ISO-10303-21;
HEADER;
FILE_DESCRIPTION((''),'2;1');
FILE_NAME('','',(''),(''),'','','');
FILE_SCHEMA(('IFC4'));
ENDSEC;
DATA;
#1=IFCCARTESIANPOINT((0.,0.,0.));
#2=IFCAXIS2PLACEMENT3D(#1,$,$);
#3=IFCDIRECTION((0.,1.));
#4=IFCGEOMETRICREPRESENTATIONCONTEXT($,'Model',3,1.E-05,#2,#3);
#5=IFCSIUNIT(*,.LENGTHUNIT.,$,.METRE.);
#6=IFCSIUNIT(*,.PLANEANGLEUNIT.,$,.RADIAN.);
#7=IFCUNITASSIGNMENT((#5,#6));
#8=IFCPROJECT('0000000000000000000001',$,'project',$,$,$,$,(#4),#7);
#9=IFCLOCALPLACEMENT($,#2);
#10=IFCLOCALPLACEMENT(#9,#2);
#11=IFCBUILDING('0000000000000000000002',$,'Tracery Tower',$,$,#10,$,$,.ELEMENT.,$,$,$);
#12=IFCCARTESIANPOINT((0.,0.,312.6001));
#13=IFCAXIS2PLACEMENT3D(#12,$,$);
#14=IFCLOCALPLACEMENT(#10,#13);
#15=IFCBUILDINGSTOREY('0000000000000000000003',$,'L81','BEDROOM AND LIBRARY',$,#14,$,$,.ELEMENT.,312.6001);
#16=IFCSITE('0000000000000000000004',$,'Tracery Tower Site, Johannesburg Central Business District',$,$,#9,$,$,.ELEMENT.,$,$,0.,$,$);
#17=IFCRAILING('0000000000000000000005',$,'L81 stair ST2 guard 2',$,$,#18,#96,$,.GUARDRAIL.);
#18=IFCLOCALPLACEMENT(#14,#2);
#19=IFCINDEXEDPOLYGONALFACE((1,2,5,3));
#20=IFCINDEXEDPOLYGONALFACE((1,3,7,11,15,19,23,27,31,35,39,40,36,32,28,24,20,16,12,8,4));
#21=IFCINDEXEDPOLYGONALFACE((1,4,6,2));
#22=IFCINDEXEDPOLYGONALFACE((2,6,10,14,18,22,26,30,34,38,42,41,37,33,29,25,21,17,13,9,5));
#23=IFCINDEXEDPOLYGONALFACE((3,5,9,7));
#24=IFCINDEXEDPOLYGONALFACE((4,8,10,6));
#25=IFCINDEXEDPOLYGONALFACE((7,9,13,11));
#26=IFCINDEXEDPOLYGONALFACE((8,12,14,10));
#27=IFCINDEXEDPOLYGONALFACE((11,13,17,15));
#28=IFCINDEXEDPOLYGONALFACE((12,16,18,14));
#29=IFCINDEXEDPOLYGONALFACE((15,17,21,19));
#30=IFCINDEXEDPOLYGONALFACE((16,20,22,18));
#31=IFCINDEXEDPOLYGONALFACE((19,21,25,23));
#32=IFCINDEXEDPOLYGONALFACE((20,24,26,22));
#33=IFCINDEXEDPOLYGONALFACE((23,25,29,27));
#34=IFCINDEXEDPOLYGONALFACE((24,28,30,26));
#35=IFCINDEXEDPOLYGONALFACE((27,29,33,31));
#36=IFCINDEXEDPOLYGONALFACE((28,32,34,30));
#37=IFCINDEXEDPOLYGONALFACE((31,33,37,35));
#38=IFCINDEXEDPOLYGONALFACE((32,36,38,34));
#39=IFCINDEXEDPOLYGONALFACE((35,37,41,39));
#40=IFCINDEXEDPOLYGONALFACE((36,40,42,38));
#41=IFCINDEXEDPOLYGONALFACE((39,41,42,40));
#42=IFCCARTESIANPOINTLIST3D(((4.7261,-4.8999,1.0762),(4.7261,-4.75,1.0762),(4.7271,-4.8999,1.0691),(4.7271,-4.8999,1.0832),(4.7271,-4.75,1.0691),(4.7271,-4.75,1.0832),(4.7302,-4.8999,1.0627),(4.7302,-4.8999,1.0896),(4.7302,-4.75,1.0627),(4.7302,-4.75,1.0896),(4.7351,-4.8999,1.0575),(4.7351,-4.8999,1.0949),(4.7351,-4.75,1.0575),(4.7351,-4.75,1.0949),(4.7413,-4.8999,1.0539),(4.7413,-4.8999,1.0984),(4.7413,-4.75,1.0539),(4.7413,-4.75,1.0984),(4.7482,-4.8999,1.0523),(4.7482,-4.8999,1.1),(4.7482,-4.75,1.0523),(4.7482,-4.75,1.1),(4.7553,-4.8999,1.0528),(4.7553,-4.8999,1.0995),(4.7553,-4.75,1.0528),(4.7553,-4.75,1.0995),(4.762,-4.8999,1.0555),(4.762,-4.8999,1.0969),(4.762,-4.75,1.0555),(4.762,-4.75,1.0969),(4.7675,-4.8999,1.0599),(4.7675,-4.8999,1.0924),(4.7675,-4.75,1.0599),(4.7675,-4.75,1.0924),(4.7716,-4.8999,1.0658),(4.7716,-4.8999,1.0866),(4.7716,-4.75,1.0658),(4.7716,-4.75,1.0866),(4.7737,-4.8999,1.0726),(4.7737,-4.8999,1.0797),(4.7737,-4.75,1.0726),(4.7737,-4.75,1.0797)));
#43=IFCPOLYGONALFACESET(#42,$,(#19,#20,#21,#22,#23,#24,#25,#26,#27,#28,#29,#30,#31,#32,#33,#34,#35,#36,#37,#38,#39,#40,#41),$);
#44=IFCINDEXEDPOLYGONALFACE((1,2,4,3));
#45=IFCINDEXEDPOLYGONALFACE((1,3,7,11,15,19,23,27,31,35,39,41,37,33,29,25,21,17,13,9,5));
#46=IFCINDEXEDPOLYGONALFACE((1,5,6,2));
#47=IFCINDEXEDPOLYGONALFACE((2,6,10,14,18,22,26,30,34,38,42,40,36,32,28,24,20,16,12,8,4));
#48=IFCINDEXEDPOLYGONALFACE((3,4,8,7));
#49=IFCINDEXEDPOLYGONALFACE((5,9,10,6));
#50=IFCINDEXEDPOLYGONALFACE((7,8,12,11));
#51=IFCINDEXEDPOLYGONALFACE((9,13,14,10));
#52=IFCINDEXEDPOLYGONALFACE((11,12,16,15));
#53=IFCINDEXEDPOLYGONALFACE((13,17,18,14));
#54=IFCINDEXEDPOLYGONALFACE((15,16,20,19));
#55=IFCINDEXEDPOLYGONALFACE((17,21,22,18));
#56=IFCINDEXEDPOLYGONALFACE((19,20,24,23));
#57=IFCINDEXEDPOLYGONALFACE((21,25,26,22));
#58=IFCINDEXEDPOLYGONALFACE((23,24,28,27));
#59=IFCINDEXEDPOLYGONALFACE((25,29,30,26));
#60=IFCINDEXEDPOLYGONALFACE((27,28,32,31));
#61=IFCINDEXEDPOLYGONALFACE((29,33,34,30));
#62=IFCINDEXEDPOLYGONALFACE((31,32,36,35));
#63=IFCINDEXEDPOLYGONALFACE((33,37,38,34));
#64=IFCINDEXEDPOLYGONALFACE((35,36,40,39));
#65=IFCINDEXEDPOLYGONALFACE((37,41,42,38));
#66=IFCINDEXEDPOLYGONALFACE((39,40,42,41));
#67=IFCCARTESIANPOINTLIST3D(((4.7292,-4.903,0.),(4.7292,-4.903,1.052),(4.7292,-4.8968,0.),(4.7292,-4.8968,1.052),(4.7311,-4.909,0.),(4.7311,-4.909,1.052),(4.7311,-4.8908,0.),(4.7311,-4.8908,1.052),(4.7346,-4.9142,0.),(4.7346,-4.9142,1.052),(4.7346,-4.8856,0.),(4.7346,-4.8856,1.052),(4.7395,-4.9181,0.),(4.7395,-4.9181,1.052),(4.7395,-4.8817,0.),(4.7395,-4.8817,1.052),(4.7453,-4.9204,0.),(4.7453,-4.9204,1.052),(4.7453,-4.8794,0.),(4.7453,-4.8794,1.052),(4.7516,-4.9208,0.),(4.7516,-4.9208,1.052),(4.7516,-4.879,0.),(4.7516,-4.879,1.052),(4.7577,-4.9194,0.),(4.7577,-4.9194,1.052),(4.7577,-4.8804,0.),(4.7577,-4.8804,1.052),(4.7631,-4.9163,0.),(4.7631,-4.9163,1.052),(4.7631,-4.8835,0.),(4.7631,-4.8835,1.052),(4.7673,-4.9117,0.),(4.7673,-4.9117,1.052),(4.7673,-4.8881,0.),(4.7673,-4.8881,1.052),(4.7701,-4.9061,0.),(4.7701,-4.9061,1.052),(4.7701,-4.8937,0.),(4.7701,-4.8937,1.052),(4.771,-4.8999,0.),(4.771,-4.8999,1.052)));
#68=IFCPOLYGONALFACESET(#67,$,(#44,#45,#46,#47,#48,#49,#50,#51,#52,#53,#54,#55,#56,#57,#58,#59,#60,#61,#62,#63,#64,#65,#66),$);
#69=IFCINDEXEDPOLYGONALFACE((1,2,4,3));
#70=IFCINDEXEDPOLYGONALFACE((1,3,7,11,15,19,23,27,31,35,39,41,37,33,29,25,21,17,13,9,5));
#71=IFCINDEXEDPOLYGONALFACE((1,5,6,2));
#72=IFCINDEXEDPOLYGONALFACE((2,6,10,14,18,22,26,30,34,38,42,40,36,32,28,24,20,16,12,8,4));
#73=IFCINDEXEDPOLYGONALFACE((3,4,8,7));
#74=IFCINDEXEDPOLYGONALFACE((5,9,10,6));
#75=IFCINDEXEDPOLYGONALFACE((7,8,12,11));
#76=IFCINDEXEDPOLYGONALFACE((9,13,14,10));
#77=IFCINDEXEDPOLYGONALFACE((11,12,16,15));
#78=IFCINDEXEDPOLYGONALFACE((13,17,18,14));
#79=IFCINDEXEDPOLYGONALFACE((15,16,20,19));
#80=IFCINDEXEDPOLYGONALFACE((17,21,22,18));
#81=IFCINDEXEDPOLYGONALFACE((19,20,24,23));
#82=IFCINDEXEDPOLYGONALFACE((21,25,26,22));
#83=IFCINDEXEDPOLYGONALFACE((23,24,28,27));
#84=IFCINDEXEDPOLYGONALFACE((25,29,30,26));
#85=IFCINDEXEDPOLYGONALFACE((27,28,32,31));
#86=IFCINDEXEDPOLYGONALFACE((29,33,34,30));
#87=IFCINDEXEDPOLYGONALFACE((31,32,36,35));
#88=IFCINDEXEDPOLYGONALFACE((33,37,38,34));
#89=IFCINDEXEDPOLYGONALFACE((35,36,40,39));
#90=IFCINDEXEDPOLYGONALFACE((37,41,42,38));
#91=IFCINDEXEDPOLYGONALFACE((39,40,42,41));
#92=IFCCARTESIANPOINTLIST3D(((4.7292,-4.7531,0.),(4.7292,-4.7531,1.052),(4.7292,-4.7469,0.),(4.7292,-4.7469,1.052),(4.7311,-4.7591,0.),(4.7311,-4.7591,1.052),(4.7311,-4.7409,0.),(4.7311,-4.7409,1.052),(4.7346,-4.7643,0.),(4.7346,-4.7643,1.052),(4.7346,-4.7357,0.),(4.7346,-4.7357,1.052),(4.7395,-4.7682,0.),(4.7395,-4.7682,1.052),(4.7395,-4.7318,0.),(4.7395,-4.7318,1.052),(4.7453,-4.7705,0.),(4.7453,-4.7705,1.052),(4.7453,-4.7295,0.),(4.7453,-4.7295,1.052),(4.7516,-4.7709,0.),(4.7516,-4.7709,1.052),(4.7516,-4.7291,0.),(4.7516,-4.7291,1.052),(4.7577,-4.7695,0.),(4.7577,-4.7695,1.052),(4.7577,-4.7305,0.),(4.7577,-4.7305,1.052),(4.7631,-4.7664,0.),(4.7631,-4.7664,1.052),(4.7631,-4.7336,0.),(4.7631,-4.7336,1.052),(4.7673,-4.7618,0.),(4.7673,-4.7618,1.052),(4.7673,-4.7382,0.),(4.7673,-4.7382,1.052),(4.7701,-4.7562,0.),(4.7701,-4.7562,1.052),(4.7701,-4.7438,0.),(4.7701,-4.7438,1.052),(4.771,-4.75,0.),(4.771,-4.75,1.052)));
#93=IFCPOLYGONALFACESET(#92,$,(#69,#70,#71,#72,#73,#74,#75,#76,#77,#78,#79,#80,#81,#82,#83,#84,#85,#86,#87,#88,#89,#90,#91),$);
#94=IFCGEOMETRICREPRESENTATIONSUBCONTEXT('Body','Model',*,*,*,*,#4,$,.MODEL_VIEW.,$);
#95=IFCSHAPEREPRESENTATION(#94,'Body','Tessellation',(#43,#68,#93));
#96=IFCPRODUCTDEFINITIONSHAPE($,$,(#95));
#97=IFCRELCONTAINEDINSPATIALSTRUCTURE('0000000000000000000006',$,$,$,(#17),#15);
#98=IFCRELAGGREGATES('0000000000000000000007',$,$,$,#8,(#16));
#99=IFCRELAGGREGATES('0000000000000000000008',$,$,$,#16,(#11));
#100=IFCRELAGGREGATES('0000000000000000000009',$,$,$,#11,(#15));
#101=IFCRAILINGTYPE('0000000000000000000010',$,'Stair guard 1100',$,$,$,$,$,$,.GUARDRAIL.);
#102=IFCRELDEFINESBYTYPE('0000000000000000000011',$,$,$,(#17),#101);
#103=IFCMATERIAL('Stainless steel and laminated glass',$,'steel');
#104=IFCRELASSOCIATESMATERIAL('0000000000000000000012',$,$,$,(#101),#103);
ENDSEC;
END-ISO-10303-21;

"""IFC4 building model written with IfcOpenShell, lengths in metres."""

from ifc_helpers import new_model, si_unit, direction, frame, origin, origin_2d, place, context, subcontext, project, spatial, circle, extrude, material, type_object, element, save


model = new_model("IFC4")

# Units and contexts
model_context = context("Model", 3, precision=1e-05, world=origin(), true_north=direction((0.0, 1.0)))
body_context = subcontext(model_context, "Body", "Model", "MODEL_VIEW")
ifc_project = project(units=[si_unit("LENGTHUNIT", "METRE"), si_unit("PLANEANGLEUNIT", "RADIAN")], contexts=[model_context])

# Site, building, storey
site_placement = place(None, origin())
site = spatial("IfcSite", under=ifc_project, at=site_placement, Name="Tracery Tower Site, Johannesburg Central Business District", CompositionType="ELEMENT", RefElevation=0.0)
building_placement = place(site_placement, origin())
building = spatial("IfcBuilding", under=site, at=building_placement, Name="Tracery Tower", CompositionType="ELEMENT")
storey_placement = place(building_placement, frame((0.0, 0.0, 312.6001)))
storey = spatial("IfcBuildingStorey", under=building, at=storey_placement, Name="L81", Description="BEDROOM AND LIBRARY", CompositionType="ELEMENT", Elevation=312.6001)

# Railing
ifc_material_1 = material(Name="Stainless steel and laminated glass", Category="steel")
railing_type_1 = type_object("IfcRailingType", Name="Stair guard 1100", PredefinedType="GUARDRAIL", material=ifc_material_1)
railing_1_placement = place(storey_placement, frame((4.75, -4.8999, 0.0)))
element("IfcRailing", 1, at=railing_1_placement, inside=storey, type_object=railing_type_1, Name="L81 stair ST2 guard 2", PredefinedType="GUARDRAIL", context=body_context, shape_type="SweptSolid", body=[
    extrude(circle(Radius=0.0239, at=origin_2d()), frame((0.0, 0.0, 1.0762), z_axis=(0.0, 1.0, 0.0), x_axis=(-1.0, 0.0, 0.0)), (0.0, 0.0, 1.0), 0.1499),
    extrude(circle(Radius=0.021, at=origin_2d()), origin(), (0.0, 0.0, 1.0), 1.052),
    extrude(circle(Radius=0.021, at=origin_2d()), frame((0.0, 0.1499, 0.0)), (0.0, 0.0, 1.0), 1.052),
])

save(model, "model.ifc")
